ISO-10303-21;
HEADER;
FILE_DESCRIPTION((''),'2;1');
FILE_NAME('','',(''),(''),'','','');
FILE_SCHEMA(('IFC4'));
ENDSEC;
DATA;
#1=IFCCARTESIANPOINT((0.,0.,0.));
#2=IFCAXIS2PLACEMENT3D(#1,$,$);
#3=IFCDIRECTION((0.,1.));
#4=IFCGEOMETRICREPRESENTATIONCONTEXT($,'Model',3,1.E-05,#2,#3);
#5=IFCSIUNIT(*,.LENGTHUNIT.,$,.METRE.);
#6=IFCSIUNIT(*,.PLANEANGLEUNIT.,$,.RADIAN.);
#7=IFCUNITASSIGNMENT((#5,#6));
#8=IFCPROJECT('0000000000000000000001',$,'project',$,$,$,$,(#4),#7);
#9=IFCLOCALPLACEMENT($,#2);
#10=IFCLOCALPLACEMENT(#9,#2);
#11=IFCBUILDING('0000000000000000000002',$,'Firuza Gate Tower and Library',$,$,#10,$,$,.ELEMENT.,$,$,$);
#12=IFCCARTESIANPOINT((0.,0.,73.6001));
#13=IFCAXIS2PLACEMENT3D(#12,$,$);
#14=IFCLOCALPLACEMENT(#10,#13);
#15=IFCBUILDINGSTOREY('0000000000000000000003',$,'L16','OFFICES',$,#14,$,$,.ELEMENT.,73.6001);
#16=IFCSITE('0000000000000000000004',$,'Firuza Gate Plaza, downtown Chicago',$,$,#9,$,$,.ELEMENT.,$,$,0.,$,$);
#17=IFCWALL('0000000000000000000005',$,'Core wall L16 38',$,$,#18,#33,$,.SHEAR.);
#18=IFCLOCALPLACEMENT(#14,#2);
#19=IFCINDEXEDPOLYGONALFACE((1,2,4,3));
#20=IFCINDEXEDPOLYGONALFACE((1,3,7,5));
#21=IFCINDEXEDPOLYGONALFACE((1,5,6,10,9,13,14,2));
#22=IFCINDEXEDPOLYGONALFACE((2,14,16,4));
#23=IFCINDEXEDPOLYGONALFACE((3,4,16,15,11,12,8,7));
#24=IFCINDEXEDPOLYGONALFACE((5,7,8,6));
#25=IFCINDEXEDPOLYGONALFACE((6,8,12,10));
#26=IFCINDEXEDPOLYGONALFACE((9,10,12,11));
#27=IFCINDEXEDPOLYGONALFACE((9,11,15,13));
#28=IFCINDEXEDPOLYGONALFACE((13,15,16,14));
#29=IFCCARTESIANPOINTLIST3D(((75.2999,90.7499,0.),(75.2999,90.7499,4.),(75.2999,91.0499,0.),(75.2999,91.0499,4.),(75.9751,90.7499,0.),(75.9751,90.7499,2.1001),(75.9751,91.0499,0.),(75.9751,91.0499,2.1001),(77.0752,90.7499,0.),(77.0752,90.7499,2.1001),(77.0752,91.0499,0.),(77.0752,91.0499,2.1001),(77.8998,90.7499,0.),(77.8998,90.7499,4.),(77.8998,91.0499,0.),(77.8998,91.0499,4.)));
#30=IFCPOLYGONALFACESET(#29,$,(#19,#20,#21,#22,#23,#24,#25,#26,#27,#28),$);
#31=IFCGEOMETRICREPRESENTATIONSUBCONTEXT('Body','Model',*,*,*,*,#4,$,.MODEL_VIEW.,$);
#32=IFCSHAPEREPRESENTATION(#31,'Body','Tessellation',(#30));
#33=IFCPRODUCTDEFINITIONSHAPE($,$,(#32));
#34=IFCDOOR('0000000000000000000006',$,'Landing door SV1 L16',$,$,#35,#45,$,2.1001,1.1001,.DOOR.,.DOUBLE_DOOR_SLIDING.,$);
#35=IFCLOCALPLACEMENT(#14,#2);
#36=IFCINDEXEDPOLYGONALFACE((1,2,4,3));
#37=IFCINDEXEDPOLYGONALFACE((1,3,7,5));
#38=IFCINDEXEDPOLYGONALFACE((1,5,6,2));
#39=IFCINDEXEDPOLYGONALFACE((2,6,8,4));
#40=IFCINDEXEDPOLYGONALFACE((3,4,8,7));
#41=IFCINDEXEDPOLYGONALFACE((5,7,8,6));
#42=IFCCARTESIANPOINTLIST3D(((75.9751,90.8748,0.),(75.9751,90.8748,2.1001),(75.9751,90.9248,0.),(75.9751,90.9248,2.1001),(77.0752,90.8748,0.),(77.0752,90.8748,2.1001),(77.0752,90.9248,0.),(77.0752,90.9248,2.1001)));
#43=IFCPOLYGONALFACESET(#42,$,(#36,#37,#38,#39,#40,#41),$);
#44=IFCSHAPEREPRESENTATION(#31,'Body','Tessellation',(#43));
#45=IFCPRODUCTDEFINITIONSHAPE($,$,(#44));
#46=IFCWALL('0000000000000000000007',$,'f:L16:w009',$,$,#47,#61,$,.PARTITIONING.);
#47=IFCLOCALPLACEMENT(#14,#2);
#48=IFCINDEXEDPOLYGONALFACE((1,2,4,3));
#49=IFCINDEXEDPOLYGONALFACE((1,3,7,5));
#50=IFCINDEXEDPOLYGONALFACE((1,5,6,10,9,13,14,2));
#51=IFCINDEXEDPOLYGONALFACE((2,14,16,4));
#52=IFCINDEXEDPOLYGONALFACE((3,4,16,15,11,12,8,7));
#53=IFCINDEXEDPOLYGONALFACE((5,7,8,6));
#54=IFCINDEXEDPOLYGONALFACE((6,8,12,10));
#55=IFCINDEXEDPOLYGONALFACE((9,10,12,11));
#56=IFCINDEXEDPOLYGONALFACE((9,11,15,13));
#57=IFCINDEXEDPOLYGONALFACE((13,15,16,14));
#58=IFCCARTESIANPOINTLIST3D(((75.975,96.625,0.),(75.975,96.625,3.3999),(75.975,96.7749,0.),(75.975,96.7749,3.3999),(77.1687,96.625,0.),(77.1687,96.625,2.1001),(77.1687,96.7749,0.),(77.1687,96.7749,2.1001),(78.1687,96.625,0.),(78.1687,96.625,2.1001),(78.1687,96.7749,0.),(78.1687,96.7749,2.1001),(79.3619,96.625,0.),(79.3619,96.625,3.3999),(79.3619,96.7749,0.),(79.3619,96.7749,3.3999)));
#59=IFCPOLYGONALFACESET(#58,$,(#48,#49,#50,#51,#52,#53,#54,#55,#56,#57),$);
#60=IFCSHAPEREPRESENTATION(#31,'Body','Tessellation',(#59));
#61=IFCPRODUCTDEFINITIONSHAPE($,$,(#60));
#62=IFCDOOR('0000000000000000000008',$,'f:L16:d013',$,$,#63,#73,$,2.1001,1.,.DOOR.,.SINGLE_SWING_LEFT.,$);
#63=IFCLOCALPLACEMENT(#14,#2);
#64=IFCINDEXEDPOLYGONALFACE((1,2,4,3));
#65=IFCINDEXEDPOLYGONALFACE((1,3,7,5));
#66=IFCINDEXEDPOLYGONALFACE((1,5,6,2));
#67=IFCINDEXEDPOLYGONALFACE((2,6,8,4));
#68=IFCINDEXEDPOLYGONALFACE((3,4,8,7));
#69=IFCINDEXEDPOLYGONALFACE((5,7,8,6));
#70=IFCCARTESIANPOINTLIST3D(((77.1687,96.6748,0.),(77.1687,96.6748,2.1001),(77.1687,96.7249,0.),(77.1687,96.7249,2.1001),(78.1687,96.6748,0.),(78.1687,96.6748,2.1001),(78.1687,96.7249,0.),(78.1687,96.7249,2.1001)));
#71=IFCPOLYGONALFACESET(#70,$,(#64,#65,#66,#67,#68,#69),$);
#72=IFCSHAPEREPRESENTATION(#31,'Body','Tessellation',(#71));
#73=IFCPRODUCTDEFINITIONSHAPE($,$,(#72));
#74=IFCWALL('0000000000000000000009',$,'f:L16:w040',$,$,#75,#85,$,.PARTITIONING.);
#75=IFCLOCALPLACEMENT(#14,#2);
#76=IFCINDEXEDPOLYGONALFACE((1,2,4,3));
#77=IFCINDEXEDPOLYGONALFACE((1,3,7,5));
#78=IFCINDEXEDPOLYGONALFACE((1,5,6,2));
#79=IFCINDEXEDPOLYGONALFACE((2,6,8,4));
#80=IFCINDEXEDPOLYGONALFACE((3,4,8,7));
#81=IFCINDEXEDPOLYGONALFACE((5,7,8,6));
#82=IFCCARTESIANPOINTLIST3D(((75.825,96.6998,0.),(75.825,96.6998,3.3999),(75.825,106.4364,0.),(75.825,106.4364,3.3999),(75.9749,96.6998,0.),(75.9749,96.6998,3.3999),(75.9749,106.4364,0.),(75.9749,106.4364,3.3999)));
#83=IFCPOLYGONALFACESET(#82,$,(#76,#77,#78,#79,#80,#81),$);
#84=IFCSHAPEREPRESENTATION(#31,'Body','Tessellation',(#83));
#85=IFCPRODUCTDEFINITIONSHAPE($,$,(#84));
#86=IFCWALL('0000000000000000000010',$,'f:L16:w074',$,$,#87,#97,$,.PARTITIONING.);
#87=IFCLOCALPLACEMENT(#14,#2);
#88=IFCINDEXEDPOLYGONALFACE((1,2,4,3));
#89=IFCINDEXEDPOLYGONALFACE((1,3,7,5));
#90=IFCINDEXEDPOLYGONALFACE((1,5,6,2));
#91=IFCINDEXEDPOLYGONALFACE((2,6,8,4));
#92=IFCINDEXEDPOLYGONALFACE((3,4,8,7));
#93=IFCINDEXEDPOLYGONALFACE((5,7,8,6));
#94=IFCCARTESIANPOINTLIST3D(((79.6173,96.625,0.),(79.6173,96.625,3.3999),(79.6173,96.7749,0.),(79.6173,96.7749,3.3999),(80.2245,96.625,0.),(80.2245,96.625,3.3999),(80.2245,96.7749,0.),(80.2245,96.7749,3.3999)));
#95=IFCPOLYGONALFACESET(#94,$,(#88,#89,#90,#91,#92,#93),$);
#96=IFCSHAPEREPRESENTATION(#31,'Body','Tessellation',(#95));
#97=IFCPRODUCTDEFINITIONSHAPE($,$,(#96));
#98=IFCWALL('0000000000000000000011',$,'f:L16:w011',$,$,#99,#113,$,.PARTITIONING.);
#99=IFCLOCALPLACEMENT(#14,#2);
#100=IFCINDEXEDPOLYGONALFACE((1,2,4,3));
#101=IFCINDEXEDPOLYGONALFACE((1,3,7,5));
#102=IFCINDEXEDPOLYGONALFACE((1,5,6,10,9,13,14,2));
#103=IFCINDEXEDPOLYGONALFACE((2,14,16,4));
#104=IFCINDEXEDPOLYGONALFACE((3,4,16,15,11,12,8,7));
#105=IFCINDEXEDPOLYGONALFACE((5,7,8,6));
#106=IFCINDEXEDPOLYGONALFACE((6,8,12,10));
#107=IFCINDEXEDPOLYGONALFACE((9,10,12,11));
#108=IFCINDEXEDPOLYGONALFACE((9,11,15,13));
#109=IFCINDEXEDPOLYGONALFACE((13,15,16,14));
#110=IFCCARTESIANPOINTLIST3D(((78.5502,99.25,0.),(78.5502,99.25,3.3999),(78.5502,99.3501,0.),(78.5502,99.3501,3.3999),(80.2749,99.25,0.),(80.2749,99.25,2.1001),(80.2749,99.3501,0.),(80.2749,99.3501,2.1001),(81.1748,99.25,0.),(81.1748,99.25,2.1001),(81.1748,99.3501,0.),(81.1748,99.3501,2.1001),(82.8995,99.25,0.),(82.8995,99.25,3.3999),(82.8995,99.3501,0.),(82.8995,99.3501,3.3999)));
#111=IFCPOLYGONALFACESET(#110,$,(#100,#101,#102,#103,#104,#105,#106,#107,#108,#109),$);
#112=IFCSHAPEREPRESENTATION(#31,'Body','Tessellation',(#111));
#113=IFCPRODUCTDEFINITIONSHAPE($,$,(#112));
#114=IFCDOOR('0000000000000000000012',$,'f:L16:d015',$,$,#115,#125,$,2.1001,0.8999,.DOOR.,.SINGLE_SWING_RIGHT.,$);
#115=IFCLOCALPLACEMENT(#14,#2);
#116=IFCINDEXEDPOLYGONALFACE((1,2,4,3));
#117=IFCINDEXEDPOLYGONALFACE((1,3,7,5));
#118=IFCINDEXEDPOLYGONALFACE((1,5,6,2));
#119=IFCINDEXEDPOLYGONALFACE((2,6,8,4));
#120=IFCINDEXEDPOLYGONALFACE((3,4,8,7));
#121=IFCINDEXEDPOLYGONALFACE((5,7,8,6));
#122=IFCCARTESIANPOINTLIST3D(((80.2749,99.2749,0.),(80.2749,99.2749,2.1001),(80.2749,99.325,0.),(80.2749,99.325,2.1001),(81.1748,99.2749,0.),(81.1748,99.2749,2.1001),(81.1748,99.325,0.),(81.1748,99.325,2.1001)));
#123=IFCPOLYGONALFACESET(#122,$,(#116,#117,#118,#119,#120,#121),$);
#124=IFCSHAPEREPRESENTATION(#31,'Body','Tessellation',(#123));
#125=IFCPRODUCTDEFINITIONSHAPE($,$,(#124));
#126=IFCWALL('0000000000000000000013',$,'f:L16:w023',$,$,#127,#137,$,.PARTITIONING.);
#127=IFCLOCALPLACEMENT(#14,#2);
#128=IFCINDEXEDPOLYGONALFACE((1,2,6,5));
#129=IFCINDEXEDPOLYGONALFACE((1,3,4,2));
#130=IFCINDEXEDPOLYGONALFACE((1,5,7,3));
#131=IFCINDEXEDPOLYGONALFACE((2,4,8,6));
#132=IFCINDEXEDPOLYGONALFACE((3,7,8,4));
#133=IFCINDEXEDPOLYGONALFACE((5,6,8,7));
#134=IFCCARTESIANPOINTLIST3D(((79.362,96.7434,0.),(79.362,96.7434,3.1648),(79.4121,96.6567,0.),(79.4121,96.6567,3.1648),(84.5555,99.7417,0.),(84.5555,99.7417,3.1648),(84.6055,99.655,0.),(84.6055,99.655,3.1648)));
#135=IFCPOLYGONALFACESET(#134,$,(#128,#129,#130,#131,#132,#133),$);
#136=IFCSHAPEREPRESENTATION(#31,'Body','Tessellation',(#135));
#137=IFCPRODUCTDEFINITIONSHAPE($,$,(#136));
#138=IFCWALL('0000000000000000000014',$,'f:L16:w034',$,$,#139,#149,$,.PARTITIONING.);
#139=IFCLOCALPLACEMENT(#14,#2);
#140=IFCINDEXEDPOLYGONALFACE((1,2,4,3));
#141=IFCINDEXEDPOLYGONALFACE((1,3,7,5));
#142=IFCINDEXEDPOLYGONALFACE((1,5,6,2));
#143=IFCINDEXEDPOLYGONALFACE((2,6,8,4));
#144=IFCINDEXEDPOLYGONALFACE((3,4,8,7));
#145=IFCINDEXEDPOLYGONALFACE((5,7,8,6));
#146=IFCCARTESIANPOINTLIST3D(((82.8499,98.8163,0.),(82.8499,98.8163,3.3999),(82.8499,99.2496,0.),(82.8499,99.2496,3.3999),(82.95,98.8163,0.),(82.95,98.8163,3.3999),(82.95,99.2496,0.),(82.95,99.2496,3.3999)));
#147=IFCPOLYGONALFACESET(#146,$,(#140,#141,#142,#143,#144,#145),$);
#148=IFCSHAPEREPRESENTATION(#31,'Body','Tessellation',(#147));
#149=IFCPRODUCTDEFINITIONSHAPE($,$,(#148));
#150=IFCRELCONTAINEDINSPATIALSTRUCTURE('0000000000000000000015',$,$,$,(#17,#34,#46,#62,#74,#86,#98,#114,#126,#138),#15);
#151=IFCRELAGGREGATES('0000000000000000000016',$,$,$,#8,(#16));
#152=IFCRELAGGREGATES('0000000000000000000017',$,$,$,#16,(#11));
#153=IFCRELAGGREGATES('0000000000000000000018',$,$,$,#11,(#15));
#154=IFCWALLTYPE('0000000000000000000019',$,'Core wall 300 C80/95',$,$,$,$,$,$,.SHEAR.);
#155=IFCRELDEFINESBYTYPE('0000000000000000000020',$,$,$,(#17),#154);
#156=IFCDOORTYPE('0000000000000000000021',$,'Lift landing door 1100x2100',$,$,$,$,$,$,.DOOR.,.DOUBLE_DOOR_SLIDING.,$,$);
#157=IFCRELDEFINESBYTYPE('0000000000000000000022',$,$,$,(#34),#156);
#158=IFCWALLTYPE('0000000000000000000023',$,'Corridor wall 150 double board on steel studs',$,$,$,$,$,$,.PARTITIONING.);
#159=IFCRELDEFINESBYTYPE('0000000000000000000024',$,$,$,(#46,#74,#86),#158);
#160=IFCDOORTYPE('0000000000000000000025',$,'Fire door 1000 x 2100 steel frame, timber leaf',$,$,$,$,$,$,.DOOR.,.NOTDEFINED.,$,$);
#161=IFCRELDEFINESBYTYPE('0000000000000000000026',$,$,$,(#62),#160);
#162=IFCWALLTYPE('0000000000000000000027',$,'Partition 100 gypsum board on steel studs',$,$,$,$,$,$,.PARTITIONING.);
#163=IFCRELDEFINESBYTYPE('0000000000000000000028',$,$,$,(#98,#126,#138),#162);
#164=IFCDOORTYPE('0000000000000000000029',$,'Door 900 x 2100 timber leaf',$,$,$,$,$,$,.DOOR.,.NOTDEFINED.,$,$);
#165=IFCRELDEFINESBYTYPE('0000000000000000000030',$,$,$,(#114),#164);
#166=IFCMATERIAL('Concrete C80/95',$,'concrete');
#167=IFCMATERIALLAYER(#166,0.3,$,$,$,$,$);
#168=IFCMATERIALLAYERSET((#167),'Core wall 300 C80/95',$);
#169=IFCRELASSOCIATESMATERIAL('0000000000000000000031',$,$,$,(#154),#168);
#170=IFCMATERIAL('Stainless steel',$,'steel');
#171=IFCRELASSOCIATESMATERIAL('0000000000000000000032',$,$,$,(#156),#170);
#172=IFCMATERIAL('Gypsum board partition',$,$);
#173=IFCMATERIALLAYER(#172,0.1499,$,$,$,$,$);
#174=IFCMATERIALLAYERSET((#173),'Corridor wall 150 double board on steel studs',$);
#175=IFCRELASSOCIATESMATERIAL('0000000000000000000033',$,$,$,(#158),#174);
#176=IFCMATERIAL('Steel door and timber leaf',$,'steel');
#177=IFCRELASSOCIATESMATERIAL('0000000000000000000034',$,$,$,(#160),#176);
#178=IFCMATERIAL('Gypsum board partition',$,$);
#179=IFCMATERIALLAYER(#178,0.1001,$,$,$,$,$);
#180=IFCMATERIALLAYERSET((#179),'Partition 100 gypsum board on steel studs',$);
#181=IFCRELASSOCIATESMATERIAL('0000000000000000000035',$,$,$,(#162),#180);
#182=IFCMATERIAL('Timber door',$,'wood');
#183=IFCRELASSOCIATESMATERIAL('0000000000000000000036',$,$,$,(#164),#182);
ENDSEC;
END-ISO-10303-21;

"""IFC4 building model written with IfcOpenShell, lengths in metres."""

from ifc_helpers import new_model, si_unit, direction, frame, frame_2d, origin, place, context, subcontext, project, spatial, rectangle, extrude, material, layer, layer_set, type_object, element, fill, save


model = new_model("IFC4")

# Units and contexts
model_context = context("Model", 3, precision=1e-05, world=origin(), true_north=direction((0.0, 1.0)))
body_context = subcontext(model_context, "Body", "Model", "MODEL_VIEW")
ifc_project = project(units=[si_unit("LENGTHUNIT", "METRE"), si_unit("PLANEANGLEUNIT", "RADIAN")], contexts=[model_context])

# Site, building, storey
site_placement = place(None, origin())
site = spatial("IfcSite", under=ifc_project, at=site_placement, Name="Firuza Gate Plaza, downtown Chicago", CompositionType="ELEMENT", RefElevation=0.0)
building_placement = place(site_placement, origin())
building = spatial("IfcBuilding", under=site, at=building_placement, Name="Firuza Gate Tower and Library", CompositionType="ELEMENT")
storey_placement = place(building_placement, frame((0.0, 0.0, 73.6001)))
storey = spatial("IfcBuildingStorey", under=building, at=storey_placement, Name="L16", Description="OFFICES", CompositionType="ELEMENT", Elevation=73.6001)

# Walls, openings, doors
ifc_material_1 = material(Name="Concrete C80/95", Category="concrete")
ifc_layer_1 = layer(ifc_material_1, 0.3)
ifc_layer_set_1 = layer_set([ifc_layer_1], Name="Core wall 300 C80/95")
wall_type_1 = type_object("IfcWallType", Name="Core wall 300 C80/95", PredefinedType="SHEAR", material=ifc_layer_set_1)
wall_1_placement = place(storey_placement, frame((75.3, 90.8999, 0.0), z_axis=(0.0, 0.0, 1.0), x_axis=(1.0, 0.0, 0.0)))
wall_1 = element("IfcWall", 1, at=wall_1_placement, inside=storey, type_object=wall_type_1, Name="Core wall L16 38", PredefinedType="SHEAR", context=body_context, shape_type="SweptSolid", body=[
    extrude(rectangle(XDim=2.5999, YDim=0.3, at=frame_2d((1.2998, 0.0))), origin(), (0.0, 0.0, 1.0), 4.0),
])
opening_1_placement = place(wall_1_placement, frame((0.675, 0.0, 0.0)))
opening_1 = element("IfcOpeningElement", 2, at=opening_1_placement, cuts=wall_1, PredefinedType="OPENING", context=body_context, shape_type="SweptSolid", body=[
    extrude(rectangle(XDim=1.1001, YDim=2.1001, at=frame_2d((0.55, 1.05))), frame((0.0, 0.1602, 0.0), z_axis=(0.0, -1.0, 0.0), x_axis=(1.0, 0.0, 0.0)), (0.0, 0.0, 1.0), 0.3201),
])
ifc_material_2 = material(Name="Stainless steel", Category="steel")
door_type_1 = type_object("IfcDoorType", Name="Lift landing door 1100x2100", OperationType="DOUBLE_DOOR_SLIDING", PredefinedType="DOOR", material=ifc_material_2)
door_1_placement = place(opening_1_placement, origin())
door_1 = element("IfcDoor", 3, at=door_1_placement, inside=storey, type_object=door_type_1, Name="Landing door SV1 L16", OperationType="DOUBLE_DOOR_SLIDING", OverallHeight=2.1001, OverallWidth=1.1001, PredefinedType="DOOR", context=body_context, shape_type="SweptSolid", body=[
    extrude(rectangle(XDim=1.1001, YDim=2.1001, at=frame_2d((0.55, 1.05))), frame((0.0, 0.0249, 0.0), z_axis=(0.0, -1.0, 0.0), x_axis=(1.0, 0.0, 0.0)), (0.0, 0.0, 1.0), 0.05),
])
fill(opening_1, door_1)
ifc_material_3 = material(Name="Gypsum board partition")
ifc_layer_2 = layer(ifc_material_3, 0.1499)
ifc_layer_set_2 = layer_set([ifc_layer_2], Name="Corridor wall 150 double board on steel studs")
wall_type_2 = type_object("IfcWallType", Name="Corridor wall 150 double board on steel studs", PredefinedType="PARTITIONING", material=ifc_layer_set_2)
wall_2_placement = place(storey_placement, frame((75.9751, 96.7, 0.0), z_axis=(0.0, 0.0, 1.0), x_axis=(1.0, 0.0, 0.0)))
wall_2 = element("IfcWall", 4, at=wall_2_placement, inside=storey, type_object=wall_type_2, Name="f:L16:w009", PredefinedType="PARTITIONING", context=body_context, shape_type="SweptSolid", body=[
    extrude(rectangle(XDim=3.387, YDim=0.1499, at=frame_2d((1.6934, 0.0))), origin(), (0.0, 0.0, 1.0), 3.3999),
])
opening_2_placement = place(wall_2_placement, frame((1.1936, 0.0, 0.0)))
opening_2 = element("IfcOpeningElement", 5, at=opening_2_placement, cuts=wall_2, PredefinedType="OPENING", context=body_context, shape_type="SweptSolid", body=[
    extrude(rectangle(XDim=1.0, YDim=2.1001, at=frame_2d((0.5, 1.05))), frame((0.0, 0.085, 0.0), z_axis=(0.0, -1.0, 0.0), x_axis=(1.0, 0.0, 0.0)), (0.0, 0.0, 1.0), 0.1699),
])
ifc_material_4 = material(Name="Steel door and timber leaf", Category="steel")
door_type_2 = type_object("IfcDoorType", Name="Fire door 1000 x 2100 steel frame, timber leaf", OperationType="NOTDEFINED", PredefinedType="DOOR", material=ifc_material_4)
door_2_placement = place(opening_2_placement, origin())
door_2 = element("IfcDoor", 6, at=door_2_placement, inside=storey, type_object=door_type_2, Name="f:L16:d013", OperationType="SINGLE_SWING_LEFT", OverallHeight=2.1001, OverallWidth=1.0, PredefinedType="DOOR", context=body_context, shape_type="SweptSolid", body=[
    extrude(rectangle(XDim=1.0, YDim=2.1001, at=frame_2d((0.5, 1.05))), frame((0.0, 0.0249, 0.0), z_axis=(0.0, -1.0, 0.0), x_axis=(1.0, 0.0, 0.0)), (0.0, 0.0, 1.0), 0.05),
])
fill(opening_2, door_2)

# Walls
wall_3_placement = place(storey_placement, frame((75.8999, 96.7, 0.0), z_axis=(0.0, 0.0, 1.0), x_axis=(0.0, 1.0, 0.0)))
element("IfcWall", 7, at=wall_3_placement, inside=storey, type_object=wall_type_2, Name="f:L16:w040", PredefinedType="PARTITIONING", context=body_context, shape_type="SweptSolid", body=[
    extrude(rectangle(XDim=9.7366, YDim=0.1499, at=frame_2d((4.8682, 0.0))), origin(), (0.0, 0.0, 1.0), 3.3999),
])
wall_4_placement = place(storey_placement, frame((79.6172, 96.7, 0.0), z_axis=(0.0, 0.0, 1.0), x_axis=(1.0, 0.0, 0.0)))
element("IfcWall", 8, at=wall_4_placement, inside=storey, type_object=wall_type_2, Name="f:L16:w074", PredefinedType="PARTITIONING", context=body_context, shape_type="SweptSolid", body=[
    extrude(rectangle(XDim=0.6072, YDim=0.1499, at=frame_2d((0.3037, 0.0))), origin(), (0.0, 0.0, 1.0), 3.3999),
])

# Wall, opening, door
ifc_material_5 = material(Name="Gypsum board partition")
ifc_layer_3 = layer(ifc_material_5, 0.1001)
ifc_layer_set_3 = layer_set([ifc_layer_3], Name="Partition 100 gypsum board on steel studs")
wall_type_3 = type_object("IfcWallType", Name="Partition 100 gypsum board on steel studs", PredefinedType="PARTITIONING", material=ifc_layer_set_3)
wall_5_placement = place(storey_placement, frame((78.55, 99.3, 0.0), z_axis=(0.0, 0.0, 1.0), x_axis=(1.0, 0.0, 0.0)))
wall_5 = element("IfcWall", 9, at=wall_5_placement, inside=storey, type_object=wall_type_3, Name="f:L16:w011", PredefinedType="PARTITIONING", context=body_context, shape_type="SweptSolid", body=[
    extrude(rectangle(XDim=4.3494, YDim=0.1001, at=frame_2d((2.1748, 0.0))), origin(), (0.0, 0.0, 1.0), 3.3999),
])
opening_3_placement = place(wall_5_placement, frame((1.7249, 0.0, 0.0)))
opening_3 = element("IfcOpeningElement", 10, at=opening_3_placement, cuts=wall_5, PredefinedType="OPENING", context=body_context, shape_type="SweptSolid", body=[
    extrude(rectangle(XDim=0.8999, YDim=2.1001, at=frame_2d((0.45, 1.05))), frame((0.0, 0.0601, 0.0), z_axis=(0.0, -1.0, 0.0), x_axis=(1.0, 0.0, 0.0)), (0.0, 0.0, 1.0), 0.1201),
])
ifc_material_6 = material(Name="Timber door", Category="wood")
door_type_3 = type_object("IfcDoorType", Name="Door 900 x 2100 timber leaf", OperationType="NOTDEFINED", PredefinedType="DOOR", material=ifc_material_6)
door_3_placement = place(opening_3_placement, origin())
door_3 = element("IfcDoor", 11, at=door_3_placement, inside=storey, type_object=door_type_3, Name="f:L16:d015", OperationType="SINGLE_SWING_RIGHT", OverallHeight=2.1001, OverallWidth=0.8999, PredefinedType="DOOR", context=body_context, shape_type="SweptSolid", body=[
    extrude(rectangle(XDim=0.8999, YDim=2.1001, at=frame_2d((0.45, 1.05))), frame((0.0, 0.0249, 0.0), z_axis=(0.0, -1.0, 0.0), x_axis=(1.0, 0.0, 0.0)), (0.0, 0.0, 1.0), 0.05),
])
fill(opening_3, door_3)

# Walls
wall_6_placement = place(storey_placement, frame((79.387, 96.7, 0.0), z_axis=(0.0, 0.0, 1.0), x_axis=(0.866032, 0.499988, 0.0)))
element("IfcWall", 12, at=wall_6_placement, inside=storey, type_object=wall_type_3, Name="f:L16:w023", PredefinedType="PARTITIONING", context=body_context, shape_type="SweptSolid", body=[
    extrude(rectangle(XDim=5.9968, YDim=0.1001, at=frame_2d((2.9985, 0.0))), origin(), (0.0, 0.0, 1.0), 3.1648),
])
wall_7_placement = place(storey_placement, frame((82.8999, 98.8162, 0.0), z_axis=(0.0, 0.0, 1.0), x_axis=(0.0, 1.0, 0.0)))
element("IfcWall", 13, at=wall_7_placement, inside=storey, type_object=wall_type_3, Name="f:L16:w034", PredefinedType="PARTITIONING", context=body_context, shape_type="SweptSolid", body=[
    extrude(rectangle(XDim=0.4333, YDim=0.1001, at=frame_2d((0.2168, 0.0))), origin(), (0.0, 0.0, 1.0), 3.3999),
])

save(model, "model.ifc")
